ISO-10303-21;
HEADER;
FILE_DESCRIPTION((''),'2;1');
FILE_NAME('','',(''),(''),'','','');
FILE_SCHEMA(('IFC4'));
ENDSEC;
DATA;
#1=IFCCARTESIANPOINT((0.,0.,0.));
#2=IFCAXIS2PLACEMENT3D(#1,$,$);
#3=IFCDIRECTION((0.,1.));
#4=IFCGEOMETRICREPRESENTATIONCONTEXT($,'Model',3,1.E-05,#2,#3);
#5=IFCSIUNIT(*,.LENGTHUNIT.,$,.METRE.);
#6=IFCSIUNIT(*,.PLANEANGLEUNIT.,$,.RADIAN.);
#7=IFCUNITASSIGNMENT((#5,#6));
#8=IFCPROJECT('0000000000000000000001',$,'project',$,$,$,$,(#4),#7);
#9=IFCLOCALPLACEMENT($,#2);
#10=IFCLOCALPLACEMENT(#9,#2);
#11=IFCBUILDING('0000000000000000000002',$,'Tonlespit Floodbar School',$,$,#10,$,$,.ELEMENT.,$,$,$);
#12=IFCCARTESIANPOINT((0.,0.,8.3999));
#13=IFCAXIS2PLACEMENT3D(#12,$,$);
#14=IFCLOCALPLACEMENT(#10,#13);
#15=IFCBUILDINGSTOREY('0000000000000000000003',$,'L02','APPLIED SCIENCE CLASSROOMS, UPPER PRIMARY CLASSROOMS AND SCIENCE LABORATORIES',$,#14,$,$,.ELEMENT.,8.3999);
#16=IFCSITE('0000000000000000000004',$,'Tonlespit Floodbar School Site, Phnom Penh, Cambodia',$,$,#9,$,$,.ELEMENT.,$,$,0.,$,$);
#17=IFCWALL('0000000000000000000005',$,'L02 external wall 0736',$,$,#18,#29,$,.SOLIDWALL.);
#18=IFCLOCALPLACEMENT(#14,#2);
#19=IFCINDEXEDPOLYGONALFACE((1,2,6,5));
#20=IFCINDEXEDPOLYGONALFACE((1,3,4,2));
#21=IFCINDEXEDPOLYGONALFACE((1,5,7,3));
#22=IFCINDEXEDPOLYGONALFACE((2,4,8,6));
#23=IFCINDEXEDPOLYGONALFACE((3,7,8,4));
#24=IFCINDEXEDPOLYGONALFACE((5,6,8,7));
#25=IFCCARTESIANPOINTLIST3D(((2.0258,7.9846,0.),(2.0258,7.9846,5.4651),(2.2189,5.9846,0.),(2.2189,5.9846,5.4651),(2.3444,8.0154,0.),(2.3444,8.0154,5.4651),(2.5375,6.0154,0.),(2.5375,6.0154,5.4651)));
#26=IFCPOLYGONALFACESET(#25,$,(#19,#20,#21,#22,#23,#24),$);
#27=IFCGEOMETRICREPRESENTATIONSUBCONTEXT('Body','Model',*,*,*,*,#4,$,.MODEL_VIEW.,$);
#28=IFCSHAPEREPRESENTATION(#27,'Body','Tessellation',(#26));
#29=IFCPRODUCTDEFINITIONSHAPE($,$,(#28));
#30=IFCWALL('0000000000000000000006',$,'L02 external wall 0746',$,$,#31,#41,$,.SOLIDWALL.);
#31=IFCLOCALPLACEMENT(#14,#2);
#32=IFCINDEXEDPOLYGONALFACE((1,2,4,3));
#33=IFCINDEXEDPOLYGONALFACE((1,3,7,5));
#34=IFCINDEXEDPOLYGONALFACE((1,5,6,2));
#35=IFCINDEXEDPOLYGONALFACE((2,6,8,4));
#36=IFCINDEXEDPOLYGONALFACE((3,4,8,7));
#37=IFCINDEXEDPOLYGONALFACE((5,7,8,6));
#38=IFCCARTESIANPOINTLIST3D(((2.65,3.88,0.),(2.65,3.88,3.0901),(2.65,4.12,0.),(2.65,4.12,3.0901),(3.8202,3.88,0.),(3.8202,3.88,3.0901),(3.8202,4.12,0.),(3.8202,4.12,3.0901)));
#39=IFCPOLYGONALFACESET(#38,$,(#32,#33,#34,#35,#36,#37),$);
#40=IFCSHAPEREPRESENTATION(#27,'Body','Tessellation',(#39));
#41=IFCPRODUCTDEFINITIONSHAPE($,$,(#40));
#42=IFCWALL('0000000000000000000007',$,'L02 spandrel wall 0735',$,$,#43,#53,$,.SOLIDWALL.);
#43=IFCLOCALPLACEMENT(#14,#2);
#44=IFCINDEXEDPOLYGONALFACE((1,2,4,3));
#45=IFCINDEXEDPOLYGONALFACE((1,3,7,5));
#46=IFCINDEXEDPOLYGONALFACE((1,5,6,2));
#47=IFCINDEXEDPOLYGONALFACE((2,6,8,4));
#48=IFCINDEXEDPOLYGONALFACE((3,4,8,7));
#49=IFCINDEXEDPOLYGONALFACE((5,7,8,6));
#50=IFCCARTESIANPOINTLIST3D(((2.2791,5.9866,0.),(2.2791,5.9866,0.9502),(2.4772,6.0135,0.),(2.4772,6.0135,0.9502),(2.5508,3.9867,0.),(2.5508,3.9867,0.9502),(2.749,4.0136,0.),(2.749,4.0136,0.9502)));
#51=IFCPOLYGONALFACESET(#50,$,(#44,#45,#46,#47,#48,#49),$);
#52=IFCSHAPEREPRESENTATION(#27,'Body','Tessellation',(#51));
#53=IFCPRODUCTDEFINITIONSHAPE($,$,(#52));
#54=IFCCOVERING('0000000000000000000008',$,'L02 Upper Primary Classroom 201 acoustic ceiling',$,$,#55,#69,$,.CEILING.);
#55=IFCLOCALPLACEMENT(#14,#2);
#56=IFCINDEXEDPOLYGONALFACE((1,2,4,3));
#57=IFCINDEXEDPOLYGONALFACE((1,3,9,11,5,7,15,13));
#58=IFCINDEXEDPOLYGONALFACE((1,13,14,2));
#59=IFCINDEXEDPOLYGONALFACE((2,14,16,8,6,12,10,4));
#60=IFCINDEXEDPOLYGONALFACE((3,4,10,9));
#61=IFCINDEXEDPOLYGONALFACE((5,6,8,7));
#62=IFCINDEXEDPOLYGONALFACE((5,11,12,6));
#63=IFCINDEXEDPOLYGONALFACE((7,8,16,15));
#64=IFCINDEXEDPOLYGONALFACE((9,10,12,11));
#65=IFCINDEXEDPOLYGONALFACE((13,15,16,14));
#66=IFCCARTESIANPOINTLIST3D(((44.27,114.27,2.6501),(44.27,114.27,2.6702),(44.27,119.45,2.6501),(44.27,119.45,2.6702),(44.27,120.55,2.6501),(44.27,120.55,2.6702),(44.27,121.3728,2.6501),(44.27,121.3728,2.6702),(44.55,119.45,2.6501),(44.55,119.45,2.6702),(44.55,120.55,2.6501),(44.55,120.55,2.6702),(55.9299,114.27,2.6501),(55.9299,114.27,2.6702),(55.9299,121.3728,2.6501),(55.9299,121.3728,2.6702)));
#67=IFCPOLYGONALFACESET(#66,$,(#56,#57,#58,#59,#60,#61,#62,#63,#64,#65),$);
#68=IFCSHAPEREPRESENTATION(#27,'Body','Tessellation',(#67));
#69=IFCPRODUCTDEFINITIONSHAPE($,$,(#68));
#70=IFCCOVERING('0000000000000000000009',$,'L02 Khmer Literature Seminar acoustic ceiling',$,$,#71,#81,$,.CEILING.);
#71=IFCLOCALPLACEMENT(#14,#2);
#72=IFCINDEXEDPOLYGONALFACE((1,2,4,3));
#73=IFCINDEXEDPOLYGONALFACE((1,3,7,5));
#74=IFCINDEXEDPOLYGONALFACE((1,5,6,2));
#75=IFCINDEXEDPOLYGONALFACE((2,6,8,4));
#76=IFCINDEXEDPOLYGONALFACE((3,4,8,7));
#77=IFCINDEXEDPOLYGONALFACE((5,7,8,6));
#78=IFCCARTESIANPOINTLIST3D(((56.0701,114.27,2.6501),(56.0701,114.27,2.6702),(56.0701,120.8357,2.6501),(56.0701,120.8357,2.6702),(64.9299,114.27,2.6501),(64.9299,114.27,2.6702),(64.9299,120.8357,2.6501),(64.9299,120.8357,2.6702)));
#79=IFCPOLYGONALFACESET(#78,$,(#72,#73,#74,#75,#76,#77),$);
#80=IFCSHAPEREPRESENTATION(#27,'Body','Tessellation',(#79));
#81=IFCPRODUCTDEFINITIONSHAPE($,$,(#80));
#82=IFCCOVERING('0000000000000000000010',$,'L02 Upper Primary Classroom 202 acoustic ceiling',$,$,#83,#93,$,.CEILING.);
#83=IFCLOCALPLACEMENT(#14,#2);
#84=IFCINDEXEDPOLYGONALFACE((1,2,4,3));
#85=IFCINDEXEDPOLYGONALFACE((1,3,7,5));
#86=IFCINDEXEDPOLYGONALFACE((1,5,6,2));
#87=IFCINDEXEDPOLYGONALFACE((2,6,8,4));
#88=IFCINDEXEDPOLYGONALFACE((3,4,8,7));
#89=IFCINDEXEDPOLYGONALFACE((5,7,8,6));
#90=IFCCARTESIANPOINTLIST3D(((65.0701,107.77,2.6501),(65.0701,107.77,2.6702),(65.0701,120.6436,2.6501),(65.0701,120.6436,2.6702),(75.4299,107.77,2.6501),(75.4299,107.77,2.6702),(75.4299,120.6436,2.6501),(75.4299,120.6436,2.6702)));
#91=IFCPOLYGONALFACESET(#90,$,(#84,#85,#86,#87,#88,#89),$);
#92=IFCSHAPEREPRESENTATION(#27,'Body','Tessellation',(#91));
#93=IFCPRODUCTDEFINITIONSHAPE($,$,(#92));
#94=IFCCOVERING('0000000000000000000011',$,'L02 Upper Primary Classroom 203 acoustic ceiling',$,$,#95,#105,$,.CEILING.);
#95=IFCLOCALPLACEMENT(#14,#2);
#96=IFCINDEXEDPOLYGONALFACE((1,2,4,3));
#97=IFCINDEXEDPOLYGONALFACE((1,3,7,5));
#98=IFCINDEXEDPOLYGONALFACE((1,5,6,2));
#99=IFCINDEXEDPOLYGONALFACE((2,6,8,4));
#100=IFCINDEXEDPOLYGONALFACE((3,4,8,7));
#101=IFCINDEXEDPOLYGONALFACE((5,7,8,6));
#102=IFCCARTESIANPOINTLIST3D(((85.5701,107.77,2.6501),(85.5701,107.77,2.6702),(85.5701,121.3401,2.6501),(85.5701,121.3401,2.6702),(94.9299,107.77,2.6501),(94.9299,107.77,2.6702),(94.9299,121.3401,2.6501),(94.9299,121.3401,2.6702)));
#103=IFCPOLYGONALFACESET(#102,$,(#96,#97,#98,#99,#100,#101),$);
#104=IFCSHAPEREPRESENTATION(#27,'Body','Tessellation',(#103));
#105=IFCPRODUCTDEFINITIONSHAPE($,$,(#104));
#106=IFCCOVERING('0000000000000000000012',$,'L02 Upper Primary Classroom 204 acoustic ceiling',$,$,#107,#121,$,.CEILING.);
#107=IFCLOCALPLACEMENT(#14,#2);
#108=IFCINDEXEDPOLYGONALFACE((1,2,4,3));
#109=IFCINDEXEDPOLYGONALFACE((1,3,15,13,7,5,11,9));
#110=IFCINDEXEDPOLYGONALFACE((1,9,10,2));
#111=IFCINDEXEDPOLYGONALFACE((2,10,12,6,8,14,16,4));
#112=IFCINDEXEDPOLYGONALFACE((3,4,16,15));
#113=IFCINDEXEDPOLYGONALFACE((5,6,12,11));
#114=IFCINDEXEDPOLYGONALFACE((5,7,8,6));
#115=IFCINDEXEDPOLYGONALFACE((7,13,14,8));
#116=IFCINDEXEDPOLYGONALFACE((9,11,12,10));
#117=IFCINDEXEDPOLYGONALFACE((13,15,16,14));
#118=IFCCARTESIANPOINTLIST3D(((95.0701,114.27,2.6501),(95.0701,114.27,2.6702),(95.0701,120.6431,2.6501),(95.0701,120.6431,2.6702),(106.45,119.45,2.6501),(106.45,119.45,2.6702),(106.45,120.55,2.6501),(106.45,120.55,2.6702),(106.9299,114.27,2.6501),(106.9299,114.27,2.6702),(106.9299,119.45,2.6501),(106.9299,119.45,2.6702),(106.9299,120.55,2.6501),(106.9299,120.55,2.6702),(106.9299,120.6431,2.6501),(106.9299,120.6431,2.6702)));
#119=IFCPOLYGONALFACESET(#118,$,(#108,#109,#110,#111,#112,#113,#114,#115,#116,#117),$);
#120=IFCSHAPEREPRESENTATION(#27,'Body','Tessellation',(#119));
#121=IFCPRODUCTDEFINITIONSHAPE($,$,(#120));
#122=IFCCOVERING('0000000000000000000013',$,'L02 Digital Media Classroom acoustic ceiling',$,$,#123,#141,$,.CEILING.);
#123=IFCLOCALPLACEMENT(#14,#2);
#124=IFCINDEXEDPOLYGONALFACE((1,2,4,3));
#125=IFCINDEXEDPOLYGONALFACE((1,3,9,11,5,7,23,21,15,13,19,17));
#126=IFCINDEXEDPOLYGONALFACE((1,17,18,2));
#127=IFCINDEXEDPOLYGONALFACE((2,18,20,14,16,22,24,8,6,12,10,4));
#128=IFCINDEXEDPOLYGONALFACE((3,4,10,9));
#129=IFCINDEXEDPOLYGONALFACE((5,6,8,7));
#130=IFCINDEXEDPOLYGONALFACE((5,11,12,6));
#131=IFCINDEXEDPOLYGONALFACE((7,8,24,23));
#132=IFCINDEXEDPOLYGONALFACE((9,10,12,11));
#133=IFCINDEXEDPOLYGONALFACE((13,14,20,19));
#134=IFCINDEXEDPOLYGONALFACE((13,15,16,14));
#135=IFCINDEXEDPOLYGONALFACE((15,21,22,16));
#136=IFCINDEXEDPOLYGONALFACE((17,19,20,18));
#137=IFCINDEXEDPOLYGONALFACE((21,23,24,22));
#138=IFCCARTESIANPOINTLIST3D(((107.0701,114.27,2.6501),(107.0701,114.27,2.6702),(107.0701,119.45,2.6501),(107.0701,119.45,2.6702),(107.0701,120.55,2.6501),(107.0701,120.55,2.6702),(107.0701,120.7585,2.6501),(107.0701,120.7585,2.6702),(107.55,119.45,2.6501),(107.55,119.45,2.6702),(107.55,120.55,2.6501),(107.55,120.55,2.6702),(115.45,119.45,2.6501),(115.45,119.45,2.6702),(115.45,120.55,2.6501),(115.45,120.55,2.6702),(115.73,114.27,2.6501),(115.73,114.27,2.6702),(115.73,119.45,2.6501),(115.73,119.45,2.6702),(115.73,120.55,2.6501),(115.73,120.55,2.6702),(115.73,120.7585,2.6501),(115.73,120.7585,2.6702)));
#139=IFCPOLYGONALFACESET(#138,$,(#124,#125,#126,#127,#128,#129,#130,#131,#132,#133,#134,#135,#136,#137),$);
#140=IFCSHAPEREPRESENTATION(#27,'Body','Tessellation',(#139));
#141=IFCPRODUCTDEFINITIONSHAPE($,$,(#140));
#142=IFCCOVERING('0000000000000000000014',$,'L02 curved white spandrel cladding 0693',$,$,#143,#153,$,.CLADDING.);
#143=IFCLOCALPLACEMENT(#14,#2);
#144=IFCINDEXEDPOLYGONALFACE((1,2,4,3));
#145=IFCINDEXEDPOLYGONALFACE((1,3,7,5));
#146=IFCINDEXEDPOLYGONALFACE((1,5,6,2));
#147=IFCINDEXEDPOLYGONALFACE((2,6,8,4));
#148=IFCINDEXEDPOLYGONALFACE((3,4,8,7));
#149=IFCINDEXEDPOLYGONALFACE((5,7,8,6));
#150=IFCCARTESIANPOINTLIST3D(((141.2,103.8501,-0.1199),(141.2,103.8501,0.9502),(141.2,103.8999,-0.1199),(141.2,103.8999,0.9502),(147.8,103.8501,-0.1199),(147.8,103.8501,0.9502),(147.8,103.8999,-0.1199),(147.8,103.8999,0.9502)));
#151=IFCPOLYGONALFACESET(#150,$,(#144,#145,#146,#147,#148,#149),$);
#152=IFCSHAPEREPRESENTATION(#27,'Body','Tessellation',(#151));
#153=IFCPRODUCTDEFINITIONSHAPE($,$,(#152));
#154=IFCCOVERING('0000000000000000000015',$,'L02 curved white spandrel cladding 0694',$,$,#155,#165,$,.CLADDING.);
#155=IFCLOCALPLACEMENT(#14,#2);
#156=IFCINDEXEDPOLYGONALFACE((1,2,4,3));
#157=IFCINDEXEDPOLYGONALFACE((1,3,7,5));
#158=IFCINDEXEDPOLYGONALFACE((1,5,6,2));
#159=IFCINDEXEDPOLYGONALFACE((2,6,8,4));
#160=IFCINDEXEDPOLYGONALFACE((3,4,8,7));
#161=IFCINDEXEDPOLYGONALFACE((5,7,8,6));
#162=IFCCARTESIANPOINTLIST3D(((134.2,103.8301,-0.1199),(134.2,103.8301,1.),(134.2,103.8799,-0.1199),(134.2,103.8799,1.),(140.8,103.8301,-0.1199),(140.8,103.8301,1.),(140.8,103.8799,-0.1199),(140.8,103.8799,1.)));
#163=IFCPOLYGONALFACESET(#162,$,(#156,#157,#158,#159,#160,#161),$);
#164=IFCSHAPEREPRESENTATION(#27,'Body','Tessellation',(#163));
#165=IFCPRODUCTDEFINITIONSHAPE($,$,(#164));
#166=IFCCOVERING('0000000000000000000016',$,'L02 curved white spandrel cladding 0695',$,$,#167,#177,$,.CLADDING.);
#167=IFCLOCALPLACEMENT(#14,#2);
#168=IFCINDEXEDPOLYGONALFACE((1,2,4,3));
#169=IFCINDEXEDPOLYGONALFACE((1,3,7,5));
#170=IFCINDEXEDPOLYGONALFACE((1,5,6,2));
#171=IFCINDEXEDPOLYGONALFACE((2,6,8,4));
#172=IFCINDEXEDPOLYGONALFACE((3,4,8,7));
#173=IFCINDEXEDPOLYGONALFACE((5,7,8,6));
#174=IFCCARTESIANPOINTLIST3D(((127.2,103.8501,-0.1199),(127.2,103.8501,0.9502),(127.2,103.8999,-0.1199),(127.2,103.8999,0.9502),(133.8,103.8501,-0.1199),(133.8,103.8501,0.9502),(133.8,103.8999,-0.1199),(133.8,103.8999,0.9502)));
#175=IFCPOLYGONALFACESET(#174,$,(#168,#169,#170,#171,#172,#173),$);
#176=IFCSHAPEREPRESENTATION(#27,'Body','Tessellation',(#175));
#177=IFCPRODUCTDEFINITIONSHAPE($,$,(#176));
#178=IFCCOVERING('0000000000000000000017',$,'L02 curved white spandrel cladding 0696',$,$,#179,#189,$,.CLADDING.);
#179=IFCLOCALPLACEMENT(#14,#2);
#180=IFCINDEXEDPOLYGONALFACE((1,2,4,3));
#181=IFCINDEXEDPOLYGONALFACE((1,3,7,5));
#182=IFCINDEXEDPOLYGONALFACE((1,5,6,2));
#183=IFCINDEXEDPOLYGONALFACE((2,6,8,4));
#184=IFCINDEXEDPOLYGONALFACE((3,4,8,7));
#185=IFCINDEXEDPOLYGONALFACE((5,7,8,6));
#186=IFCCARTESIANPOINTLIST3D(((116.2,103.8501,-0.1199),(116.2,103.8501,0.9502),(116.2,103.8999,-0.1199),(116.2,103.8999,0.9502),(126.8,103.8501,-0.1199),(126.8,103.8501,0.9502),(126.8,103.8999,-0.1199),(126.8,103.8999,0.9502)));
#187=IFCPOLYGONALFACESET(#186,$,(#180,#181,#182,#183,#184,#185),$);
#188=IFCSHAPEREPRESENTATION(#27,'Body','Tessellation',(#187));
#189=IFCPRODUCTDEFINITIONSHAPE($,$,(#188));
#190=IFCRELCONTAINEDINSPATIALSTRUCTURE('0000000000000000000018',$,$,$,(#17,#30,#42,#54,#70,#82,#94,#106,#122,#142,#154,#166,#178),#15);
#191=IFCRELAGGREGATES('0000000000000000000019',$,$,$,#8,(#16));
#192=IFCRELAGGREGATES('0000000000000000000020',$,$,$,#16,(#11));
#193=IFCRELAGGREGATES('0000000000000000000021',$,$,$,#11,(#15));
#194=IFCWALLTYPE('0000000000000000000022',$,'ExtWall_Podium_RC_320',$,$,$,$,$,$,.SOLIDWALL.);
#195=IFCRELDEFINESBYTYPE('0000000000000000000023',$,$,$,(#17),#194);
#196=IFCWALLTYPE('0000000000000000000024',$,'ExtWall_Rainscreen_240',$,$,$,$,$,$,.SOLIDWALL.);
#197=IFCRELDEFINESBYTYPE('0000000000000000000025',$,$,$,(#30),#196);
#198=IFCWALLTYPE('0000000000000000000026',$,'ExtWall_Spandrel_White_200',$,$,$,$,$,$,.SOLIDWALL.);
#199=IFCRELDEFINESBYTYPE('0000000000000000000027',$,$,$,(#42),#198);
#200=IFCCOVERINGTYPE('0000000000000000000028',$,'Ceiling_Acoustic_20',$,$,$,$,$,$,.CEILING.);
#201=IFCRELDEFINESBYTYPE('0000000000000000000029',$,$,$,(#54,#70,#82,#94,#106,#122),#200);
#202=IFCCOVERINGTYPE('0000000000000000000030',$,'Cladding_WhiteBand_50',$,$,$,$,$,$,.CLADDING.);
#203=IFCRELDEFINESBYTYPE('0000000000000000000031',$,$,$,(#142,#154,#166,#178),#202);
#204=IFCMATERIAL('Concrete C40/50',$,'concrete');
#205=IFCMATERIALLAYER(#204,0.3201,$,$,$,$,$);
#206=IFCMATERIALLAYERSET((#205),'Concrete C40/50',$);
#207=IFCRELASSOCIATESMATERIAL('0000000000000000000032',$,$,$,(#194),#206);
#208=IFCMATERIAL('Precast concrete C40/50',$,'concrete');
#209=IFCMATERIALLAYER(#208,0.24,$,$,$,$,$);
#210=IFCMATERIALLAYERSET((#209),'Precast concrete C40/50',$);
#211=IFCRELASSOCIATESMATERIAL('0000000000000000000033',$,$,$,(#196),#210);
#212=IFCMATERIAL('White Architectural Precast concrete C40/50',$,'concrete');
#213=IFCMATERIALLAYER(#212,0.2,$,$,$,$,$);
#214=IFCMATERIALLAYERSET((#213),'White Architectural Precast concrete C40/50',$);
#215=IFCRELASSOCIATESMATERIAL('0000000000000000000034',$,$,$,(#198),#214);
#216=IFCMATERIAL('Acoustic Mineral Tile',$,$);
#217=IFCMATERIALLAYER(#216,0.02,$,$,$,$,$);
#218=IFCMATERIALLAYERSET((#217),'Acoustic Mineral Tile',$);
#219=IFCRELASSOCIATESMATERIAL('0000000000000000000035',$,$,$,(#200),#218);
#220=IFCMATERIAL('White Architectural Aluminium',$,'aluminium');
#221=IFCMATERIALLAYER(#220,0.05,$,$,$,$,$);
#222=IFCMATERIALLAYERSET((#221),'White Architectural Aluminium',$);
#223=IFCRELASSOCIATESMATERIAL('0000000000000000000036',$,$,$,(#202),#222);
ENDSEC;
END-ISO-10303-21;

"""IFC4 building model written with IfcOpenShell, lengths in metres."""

from ifc_helpers import new_model, si_unit, direction, frame, frame_2d, origin, place, context, subcontext, project, spatial, polyline, rectangle, outline, extrude, material, layer, layer_set, type_object, element, save


model = new_model("IFC4")

# Units and contexts
model_context = context("Model", 3, precision=1e-05, world=origin(), true_north=direction((0.0, 1.0)))
body_context = subcontext(model_context, "Body", "Model", "MODEL_VIEW")
ifc_project = project(units=[si_unit("LENGTHUNIT", "METRE"), si_unit("PLANEANGLEUNIT", "RADIAN")], contexts=[model_context])

# Site, building, storey
site_placement = place(None, origin())
site = spatial("IfcSite", under=ifc_project, at=site_placement, Name="Tonlespit Floodbar School Site, Phnom Penh, Cambodia", CompositionType="ELEMENT", RefElevation=0.0)
building_placement = place(site_placement, origin())
building = spatial("IfcBuilding", under=site, at=building_placement, Name="Tonlespit Floodbar School", CompositionType="ELEMENT")
storey_placement = place(building_placement, frame((0.0, 0.0, 8.3999)))
storey = spatial("IfcBuildingStorey", under=building, at=storey_placement, Name="L02", Description="APPLIED SCIENCE CLASSROOMS, UPPER PRIMARY CLASSROOMS AND SCIENCE LABORATORIES", CompositionType="ELEMENT", Elevation=8.3999)

# Shared definitions
ifc_material_1 = material(Name="White Architectural Aluminium", Category="aluminium")

# Shared definitions
ifc_material_2 = material(Name="Concrete C40/50", Category="concrete")
ifc_material_3 = material(Name="White Architectural Precast concrete C40/50", Category="concrete")

# Walls
ifc_layer_1 = layer(ifc_material_2, 0.3201)
ifc_layer_set_1 = layer_set([ifc_layer_1], Name="Concrete C40/50")
wall_type_1 = type_object("IfcWallType", Name="ExtWall_Podium_RC_320", PredefinedType="SOLIDWALL", material=ifc_layer_set_1)
wall_1_placement = place(storey_placement, frame((2.3782, 6.0, 0.0), z_axis=(0.0, 0.0, 1.0), x_axis=(-0.096111, 0.995371, 0.0)))
element("IfcWall", 1, at=wall_1_placement, inside=storey, type_object=wall_type_1, Name="L02 external wall 0736", PredefinedType="SOLIDWALL", context=body_context, shape_type="SweptSolid", body=[
    extrude(rectangle(XDim=2.0093, YDim=0.3201, at=frame_2d((1.0046, 0.0))), origin(), (0.0, 0.0, 1.0), 5.4651),
])
ifc_material_4 = material(Name="Precast concrete C40/50", Category="concrete")
ifc_layer_2 = layer(ifc_material_4, 0.24)
ifc_layer_set_2 = layer_set([ifc_layer_2], Name="Precast concrete C40/50")
wall_type_2 = type_object("IfcWallType", Name="ExtWall_Rainscreen_240", PredefinedType="SOLIDWALL", material=ifc_layer_set_2)
wall_2_placement = place(storey_placement, frame((3.8201, 4.0, 0.0), z_axis=(0.0, 0.0, 1.0), x_axis=(-1.0, 0.0, 0.0)))
element("IfcWall", 2, at=wall_2_placement, inside=storey, type_object=wall_type_2, Name="L02 external wall 0746", PredefinedType="SOLIDWALL", context=body_context, shape_type="SweptSolid", body=[
    extrude(rectangle(XDim=1.1702, YDim=0.24, at=frame_2d((0.585, 0.0))), origin(), (0.0, 0.0, 1.0), 3.0901),
])
ifc_layer_3 = layer(ifc_material_3, 0.2)
ifc_layer_set_3 = layer_set([ifc_layer_3], Name="White Architectural Precast concrete C40/50")
wall_type_3 = type_object("IfcWallType", Name="ExtWall_Spandrel_White_200", PredefinedType="SOLIDWALL", material=ifc_layer_set_3)
wall_3_placement = place(storey_placement, frame((2.6499, 4.0, 0.0), z_axis=(0.0, 0.0, 1.0), x_axis=(-0.134627, 0.990896, 0.0)))
element("IfcWall", 3, at=wall_3_placement, inside=storey, type_object=wall_type_3, Name="L02 spandrel wall 0735", PredefinedType="SOLIDWALL", context=body_context, shape_type="SweptSolid", body=[
    extrude(rectangle(XDim=2.0183, YDim=0.2, at=frame_2d((1.0093, 0.0))), origin(), (0.0, 0.0, 1.0), 0.9502),
])

# Coverings
ifc_material_5 = material(Name="Acoustic Mineral Tile")
ifc_layer_4 = layer(ifc_material_5, 0.02)
ifc_layer_set_4 = layer_set([ifc_layer_4], Name="Acoustic Mineral Tile")
covering_type_1 = type_object("IfcCoveringType", Name="Ceiling_Acoustic_20", PredefinedType="CEILING", material=ifc_layer_set_4)
covering_1_placement = place(storey_placement, frame((0.0, 0.0, 2.6501)))
element("IfcCovering", 4, at=covering_1_placement, inside=storey, type_object=covering_type_1, Name="L02 Upper Primary Classroom 201 acoustic ceiling", PredefinedType="CEILING", context=body_context, shape_type="SweptSolid", body=[
    extrude(outline(polyline([(44.27, 120.55), (44.27, 121.3728), (55.9299, 121.3728), (55.9299, 114.27), (44.27, 114.27), (44.27, 119.45), (44.55, 119.45), (44.55, 120.55), (44.27, 120.55)])), origin(), (0.0, 0.0, 1.0), 0.02),
])
covering_2_placement = place(storey_placement, frame((0.0, 0.0, 2.6501)))
element("IfcCovering", 5, at=covering_2_placement, inside=storey, type_object=covering_type_1, Name="L02 Khmer Literature Seminar acoustic ceiling", PredefinedType="CEILING", context=body_context, shape_type="SweptSolid", body=[
    extrude(outline(polyline([(56.0701, 114.27), (56.0701, 120.8357), (64.9299, 120.8357), (64.9299, 114.27), (56.0701, 114.27)])), origin(), (0.0, 0.0, 1.0), 0.02),
])
covering_3_placement = place(storey_placement, frame((0.0, 0.0, 2.6501)))
element("IfcCovering", 6, at=covering_3_placement, inside=storey, type_object=covering_type_1, Name="L02 Upper Primary Classroom 202 acoustic ceiling", PredefinedType="CEILING", context=body_context, shape_type="SweptSolid", body=[
    extrude(outline(polyline([(65.0701, 107.77), (65.0701, 120.6436), (75.4299, 120.6436), (75.4299, 107.77), (65.0701, 107.77)])), origin(), (0.0, 0.0, 1.0), 0.02),
])
covering_4_placement = place(storey_placement, frame((0.0, 0.0, 2.6501)))
element("IfcCovering", 7, at=covering_4_placement, inside=storey, type_object=covering_type_1, Name="L02 Upper Primary Classroom 203 acoustic ceiling", PredefinedType="CEILING", context=body_context, shape_type="SweptSolid", body=[
    extrude(outline(polyline([(85.5701, 107.77), (85.5701, 121.3401), (94.9299, 121.3401), (94.9299, 107.77), (85.5701, 107.77)])), origin(), (0.0, 0.0, 1.0), 0.02),
])
covering_5_placement = place(storey_placement, frame((0.0, 0.0, 2.6501)))
element("IfcCovering", 8, at=covering_5_placement, inside=storey, type_object=covering_type_1, Name="L02 Upper Primary Classroom 204 acoustic ceiling", PredefinedType="CEILING", context=body_context, shape_type="SweptSolid", body=[
    extrude(outline(polyline([(106.45, 119.45), (106.9299, 119.45), (106.9299, 114.27), (95.0701, 114.27), (95.0701, 120.6431), (106.9299, 120.6431), (106.9299, 120.55), (106.45, 120.55), (106.45, 119.45)])), origin(), (0.0, 0.0, 1.0), 0.02),
])
covering_6_placement = place(storey_placement, frame((0.0, 0.0, 2.6501)))
element("IfcCovering", 9, at=covering_6_placement, inside=storey, type_object=covering_type_1, Name="L02 Digital Media Classroom acoustic ceiling", PredefinedType="CEILING", context=body_context, shape_type="SweptSolid", body=[
    extrude(outline(polyline([(107.0701, 120.55), (107.0701, 120.7585), (115.73, 120.7585), (115.73, 120.55), (115.45, 120.55), (115.45, 119.45), (115.73, 119.45), (115.73, 114.27), (107.0701, 114.27), (107.0701, 119.45), (107.55, 119.45), (107.55, 120.55), (107.0701, 120.55)])), origin(), (0.0, 0.0, 1.0), 0.02),
])
ifc_layer_5 = layer(ifc_material_1, 0.05)
ifc_layer_set_5 = layer_set([ifc_layer_5], Name="White Architectural Aluminium")
covering_type_2 = type_object("IfcCoveringType", Name="Cladding_WhiteBand_50", PredefinedType="CLADDING", material=ifc_layer_set_5)
covering_7_placement = place(storey_placement, frame((0.0, 0.0, -0.1199)))
element("IfcCovering", 10, at=covering_7_placement, inside=storey, type_object=covering_type_2, Name="L02 curved white spandrel cladding 0693", PredefinedType="CLADDING", context=body_context, shape_type="SweptSolid", body=[
    extrude(outline(polyline([(147.8, 103.8999), (141.2, 103.8999), (141.2, 103.8501), (147.8, 103.8501), (147.8, 103.8999)])), origin(), (0.0, 0.0, 1.0), 1.0701),
])
covering_8_placement = place(storey_placement, frame((0.0, 0.0, -0.1199)))
element("IfcCovering", 11, at=covering_8_placement, inside=storey, type_object=covering_type_2, Name="L02 curved white spandrel cladding 0694", PredefinedType="CLADDING", context=body_context, shape_type="SweptSolid", body=[
    extrude(outline(polyline([(140.8, 103.8799), (134.2, 103.8799), (134.2, 103.8301), (140.8, 103.8301), (140.8, 103.8799)])), origin(), (0.0, 0.0, 1.0), 1.1199),
])
covering_9_placement = place(storey_placement, frame((0.0, 0.0, -0.1199)))
element("IfcCovering", 12, at=covering_9_placement, inside=storey, type_object=covering_type_2, Name="L02 curved white spandrel cladding 0695", PredefinedType="CLADDING", context=body_context, shape_type="SweptSolid", body=[
    extrude(outline(polyline([(133.8, 103.8999), (127.2, 103.8999), (127.2, 103.8501), (133.8, 103.8501), (133.8, 103.8999)])), origin(), (0.0, 0.0, 1.0), 1.0701),
])
covering_10_placement = place(storey_placement, frame((0.0, 0.0, -0.1199)))
element("IfcCovering", 13, at=covering_10_placement, inside=storey, type_object=covering_type_2, Name="L02 curved white spandrel cladding 0696", PredefinedType="CLADDING", context=body_context, shape_type="SweptSolid", body=[
    extrude(outline(polyline([(126.8, 103.8999), (116.2, 103.8999), (116.2, 103.8501), (126.8, 103.8501), (126.8, 103.8999)])), origin(), (0.0, 0.0, 1.0), 1.0701),
])

save(model, "model.ifc")
